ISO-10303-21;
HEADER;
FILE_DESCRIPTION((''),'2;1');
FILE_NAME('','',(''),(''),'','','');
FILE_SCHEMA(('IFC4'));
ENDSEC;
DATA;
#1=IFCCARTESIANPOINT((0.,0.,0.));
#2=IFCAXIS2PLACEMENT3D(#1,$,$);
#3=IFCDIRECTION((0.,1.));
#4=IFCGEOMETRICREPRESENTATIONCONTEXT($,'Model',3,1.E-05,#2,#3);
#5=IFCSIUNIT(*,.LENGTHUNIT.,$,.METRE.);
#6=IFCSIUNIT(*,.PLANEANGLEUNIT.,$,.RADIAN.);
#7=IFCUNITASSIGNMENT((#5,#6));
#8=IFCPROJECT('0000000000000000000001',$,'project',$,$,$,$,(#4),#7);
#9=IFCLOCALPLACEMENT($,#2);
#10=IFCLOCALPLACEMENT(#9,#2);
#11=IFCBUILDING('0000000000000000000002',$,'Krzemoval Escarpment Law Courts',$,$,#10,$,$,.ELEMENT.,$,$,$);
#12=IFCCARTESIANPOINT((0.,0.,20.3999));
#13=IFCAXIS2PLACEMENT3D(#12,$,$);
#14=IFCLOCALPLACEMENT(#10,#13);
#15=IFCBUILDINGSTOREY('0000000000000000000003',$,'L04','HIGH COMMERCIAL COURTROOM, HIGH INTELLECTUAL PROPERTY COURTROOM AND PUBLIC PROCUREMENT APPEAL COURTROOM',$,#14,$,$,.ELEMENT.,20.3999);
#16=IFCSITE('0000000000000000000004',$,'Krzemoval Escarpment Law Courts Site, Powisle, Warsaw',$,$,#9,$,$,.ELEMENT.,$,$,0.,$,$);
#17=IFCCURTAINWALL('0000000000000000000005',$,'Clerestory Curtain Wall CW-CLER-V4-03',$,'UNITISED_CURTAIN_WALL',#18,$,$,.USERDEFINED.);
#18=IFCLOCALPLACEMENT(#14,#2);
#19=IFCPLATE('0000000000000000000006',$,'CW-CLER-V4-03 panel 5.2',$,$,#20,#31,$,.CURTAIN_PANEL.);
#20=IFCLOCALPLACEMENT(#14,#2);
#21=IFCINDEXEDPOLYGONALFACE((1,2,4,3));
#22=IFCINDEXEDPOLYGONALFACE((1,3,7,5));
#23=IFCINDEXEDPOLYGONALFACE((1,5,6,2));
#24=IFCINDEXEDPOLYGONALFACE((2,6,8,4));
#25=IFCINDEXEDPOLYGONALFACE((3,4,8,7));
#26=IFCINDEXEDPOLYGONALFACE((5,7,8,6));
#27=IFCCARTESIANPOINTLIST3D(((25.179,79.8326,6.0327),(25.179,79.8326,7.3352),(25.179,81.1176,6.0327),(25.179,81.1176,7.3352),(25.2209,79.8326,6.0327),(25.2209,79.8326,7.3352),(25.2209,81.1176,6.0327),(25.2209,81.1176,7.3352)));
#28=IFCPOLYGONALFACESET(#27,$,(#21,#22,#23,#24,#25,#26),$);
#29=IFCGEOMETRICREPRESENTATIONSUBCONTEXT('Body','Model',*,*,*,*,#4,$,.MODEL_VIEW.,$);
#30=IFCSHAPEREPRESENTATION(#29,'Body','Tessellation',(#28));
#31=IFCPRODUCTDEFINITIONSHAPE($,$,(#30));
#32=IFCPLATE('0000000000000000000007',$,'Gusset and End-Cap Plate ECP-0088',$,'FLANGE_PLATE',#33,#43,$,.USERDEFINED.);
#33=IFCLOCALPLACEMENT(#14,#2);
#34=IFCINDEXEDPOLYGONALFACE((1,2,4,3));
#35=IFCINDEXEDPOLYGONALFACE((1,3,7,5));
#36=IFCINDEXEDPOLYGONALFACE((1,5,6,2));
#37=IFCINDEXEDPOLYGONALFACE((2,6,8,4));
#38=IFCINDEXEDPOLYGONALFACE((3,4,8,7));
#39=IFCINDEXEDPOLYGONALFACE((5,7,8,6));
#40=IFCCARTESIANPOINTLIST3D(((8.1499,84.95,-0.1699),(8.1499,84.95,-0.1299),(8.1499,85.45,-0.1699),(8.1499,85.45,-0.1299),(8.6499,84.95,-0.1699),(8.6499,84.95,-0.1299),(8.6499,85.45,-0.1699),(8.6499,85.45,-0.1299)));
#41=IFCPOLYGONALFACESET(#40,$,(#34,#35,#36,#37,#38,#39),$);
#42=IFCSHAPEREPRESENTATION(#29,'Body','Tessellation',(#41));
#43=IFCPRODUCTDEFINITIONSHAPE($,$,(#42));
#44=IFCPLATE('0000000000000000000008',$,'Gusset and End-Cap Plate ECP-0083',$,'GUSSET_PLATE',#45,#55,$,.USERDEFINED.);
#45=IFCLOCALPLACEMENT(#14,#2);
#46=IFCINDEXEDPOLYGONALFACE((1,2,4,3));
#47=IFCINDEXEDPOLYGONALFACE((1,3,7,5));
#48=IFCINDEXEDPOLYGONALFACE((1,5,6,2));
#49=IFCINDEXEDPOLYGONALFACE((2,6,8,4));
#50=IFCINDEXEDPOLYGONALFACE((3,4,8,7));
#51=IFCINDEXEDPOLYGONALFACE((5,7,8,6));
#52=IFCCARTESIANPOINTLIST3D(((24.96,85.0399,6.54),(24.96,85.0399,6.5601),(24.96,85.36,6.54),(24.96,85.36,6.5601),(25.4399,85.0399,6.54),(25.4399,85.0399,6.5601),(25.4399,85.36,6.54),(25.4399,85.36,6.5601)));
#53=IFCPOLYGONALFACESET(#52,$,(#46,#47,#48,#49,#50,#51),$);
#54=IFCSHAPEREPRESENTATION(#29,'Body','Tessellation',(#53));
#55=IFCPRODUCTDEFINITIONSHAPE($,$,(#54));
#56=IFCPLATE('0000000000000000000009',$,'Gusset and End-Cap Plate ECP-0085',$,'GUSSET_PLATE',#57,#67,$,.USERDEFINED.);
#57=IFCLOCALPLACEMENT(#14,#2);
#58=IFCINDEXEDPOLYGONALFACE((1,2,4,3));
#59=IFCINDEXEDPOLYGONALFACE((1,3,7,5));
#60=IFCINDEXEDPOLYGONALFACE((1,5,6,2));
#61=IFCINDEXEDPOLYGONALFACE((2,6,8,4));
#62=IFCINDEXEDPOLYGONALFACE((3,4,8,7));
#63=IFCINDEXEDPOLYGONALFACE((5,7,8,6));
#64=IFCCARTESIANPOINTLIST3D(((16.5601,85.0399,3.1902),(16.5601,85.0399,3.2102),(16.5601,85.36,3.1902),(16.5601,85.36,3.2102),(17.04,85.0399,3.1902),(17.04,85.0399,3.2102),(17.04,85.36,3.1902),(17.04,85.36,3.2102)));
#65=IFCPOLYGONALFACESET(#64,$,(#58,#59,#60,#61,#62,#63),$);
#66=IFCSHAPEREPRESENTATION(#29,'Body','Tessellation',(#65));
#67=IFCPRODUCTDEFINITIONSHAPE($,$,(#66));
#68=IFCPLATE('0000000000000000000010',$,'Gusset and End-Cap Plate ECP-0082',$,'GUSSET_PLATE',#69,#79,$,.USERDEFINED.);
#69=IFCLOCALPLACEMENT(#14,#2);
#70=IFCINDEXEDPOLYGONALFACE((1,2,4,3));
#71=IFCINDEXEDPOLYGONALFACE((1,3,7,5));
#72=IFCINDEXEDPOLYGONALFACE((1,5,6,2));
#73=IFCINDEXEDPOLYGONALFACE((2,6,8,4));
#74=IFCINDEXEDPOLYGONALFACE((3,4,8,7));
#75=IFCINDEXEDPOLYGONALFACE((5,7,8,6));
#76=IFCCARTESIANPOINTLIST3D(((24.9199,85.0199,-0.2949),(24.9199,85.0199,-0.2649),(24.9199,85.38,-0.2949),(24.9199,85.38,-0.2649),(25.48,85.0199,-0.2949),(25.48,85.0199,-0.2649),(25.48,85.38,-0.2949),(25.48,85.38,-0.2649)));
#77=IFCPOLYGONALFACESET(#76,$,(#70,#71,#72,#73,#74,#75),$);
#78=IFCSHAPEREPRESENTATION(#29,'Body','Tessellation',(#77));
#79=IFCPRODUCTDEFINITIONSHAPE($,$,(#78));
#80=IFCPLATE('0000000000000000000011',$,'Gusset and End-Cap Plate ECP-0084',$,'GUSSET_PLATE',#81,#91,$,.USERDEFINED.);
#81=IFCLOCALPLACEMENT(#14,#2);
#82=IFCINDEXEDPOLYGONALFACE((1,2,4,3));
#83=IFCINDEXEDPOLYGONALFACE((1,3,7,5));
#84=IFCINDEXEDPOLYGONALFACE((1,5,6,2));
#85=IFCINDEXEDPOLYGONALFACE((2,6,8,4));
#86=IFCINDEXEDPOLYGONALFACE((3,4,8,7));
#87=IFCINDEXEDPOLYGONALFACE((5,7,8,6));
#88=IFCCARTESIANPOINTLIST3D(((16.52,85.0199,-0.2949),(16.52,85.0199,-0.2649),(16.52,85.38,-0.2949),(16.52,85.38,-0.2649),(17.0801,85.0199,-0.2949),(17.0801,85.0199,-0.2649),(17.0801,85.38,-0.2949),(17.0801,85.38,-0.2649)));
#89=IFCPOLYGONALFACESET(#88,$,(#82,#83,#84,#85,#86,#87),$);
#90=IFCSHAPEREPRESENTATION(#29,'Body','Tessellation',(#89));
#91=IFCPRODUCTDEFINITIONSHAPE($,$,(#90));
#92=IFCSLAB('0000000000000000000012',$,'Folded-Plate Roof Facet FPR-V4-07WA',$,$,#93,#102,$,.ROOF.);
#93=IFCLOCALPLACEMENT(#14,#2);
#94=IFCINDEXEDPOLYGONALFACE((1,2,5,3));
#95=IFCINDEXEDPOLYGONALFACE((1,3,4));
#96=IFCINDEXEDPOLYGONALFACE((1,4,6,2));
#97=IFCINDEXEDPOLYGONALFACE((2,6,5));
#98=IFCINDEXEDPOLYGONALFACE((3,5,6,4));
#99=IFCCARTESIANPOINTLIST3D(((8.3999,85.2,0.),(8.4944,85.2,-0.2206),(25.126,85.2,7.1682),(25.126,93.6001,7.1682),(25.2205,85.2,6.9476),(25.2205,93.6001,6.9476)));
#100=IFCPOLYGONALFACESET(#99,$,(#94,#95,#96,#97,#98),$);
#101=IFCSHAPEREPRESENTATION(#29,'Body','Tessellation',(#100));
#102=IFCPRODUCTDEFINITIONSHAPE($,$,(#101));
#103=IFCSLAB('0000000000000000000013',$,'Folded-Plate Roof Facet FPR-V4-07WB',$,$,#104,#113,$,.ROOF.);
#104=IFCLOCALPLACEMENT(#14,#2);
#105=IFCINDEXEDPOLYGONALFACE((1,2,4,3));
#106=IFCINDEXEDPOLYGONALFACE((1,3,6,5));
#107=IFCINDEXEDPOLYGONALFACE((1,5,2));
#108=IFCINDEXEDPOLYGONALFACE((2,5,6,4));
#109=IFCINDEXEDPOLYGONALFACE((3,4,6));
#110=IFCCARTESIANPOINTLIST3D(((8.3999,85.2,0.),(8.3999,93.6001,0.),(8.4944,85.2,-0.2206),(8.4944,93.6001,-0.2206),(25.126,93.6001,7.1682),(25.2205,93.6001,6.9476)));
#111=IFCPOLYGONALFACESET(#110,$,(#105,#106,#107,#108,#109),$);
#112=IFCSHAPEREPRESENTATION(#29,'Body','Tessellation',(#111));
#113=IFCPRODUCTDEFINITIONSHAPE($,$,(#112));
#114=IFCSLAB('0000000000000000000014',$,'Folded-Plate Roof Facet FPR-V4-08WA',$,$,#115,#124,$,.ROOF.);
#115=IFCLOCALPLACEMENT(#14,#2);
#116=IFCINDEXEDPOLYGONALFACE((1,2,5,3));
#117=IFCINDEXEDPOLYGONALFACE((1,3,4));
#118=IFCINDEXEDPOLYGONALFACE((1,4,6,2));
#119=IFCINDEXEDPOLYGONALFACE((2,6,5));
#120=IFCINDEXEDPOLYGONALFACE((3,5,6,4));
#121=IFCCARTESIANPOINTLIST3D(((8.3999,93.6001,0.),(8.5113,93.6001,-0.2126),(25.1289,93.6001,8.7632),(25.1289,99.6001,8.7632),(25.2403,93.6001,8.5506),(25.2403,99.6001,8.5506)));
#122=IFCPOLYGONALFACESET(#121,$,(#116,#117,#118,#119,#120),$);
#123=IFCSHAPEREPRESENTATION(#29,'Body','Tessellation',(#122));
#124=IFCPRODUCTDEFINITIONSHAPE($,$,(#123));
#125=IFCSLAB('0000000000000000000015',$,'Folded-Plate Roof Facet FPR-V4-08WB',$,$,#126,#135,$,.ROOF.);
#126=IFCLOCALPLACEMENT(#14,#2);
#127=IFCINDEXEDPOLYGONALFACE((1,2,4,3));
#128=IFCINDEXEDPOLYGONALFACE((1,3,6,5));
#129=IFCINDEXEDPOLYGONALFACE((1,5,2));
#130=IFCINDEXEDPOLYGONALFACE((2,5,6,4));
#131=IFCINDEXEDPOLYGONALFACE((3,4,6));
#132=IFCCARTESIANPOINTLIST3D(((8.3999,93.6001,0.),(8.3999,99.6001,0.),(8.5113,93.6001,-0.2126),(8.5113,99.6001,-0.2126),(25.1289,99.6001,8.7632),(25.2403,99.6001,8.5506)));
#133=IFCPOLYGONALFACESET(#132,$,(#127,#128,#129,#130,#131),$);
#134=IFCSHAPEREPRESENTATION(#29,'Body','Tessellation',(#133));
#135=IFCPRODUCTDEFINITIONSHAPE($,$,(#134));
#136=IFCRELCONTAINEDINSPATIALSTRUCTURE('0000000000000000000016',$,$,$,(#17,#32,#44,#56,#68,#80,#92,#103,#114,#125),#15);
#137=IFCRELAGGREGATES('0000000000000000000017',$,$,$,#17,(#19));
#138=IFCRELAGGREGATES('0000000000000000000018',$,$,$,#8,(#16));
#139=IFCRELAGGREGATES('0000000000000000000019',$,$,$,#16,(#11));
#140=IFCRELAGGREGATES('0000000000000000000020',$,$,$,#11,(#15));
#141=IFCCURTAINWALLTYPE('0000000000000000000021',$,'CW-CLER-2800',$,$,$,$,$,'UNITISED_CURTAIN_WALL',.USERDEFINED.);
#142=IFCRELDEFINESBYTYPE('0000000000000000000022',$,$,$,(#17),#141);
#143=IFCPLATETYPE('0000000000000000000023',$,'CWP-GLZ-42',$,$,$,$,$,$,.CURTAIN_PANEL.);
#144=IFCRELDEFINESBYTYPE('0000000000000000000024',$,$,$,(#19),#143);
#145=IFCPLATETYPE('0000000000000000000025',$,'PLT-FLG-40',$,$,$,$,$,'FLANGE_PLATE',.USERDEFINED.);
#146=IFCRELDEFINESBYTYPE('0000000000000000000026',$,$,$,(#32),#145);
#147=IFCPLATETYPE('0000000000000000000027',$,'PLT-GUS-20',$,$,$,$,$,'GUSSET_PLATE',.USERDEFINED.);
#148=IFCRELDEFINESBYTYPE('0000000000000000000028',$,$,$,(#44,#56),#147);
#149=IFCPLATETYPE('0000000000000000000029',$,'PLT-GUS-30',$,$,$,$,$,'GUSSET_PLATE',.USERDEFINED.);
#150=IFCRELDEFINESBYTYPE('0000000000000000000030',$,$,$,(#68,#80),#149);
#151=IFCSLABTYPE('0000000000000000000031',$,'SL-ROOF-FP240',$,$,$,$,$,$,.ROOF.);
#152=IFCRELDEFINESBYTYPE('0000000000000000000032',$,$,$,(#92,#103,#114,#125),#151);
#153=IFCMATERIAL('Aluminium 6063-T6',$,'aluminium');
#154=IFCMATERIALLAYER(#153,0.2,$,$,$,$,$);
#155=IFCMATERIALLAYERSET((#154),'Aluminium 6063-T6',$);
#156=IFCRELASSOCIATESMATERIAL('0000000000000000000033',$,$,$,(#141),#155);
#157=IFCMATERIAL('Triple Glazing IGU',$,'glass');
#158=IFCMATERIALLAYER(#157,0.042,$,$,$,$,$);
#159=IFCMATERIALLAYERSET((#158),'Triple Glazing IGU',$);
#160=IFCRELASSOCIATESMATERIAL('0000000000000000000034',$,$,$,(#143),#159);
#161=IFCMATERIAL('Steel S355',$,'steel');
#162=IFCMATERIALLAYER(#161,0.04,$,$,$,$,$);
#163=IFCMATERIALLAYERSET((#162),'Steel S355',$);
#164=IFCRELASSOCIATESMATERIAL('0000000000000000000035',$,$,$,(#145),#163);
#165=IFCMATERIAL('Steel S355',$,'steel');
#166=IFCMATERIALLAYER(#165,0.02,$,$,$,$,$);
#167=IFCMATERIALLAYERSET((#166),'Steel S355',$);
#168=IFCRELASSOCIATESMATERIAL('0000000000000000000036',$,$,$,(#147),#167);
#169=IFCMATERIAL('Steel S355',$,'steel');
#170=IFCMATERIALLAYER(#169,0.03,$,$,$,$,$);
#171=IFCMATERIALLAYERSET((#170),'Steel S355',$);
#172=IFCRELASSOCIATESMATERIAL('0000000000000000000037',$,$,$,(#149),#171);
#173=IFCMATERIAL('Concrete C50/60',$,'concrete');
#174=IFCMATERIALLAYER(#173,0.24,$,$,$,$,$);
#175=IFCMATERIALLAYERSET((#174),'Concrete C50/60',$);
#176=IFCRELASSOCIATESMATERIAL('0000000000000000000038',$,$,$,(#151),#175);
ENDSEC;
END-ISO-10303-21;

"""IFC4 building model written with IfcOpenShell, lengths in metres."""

from ifc_helpers import new_model, si_unit, direction, frame, origin, origin_2d, place, context, subcontext, project, spatial, polyline, rectangle, outline, extrude, material, layer, layer_set, type_object, element, aggregate, save


model = new_model("IFC4")

# Units and contexts
model_context = context("Model", 3, precision=1e-05, world=origin(), true_north=direction((0.0, 1.0)))
body_context = subcontext(model_context, "Body", "Model", "MODEL_VIEW")
ifc_project = project(units=[si_unit("LENGTHUNIT", "METRE"), si_unit("PLANEANGLEUNIT", "RADIAN")], contexts=[model_context])

# Site, building, storey
site_placement = place(None, origin())
site = spatial("IfcSite", under=ifc_project, at=site_placement, Name="Krzemoval Escarpment Law Courts Site, Powisle, Warsaw", CompositionType="ELEMENT", RefElevation=0.0)
building_placement = place(site_placement, origin())
building = spatial("IfcBuilding", under=site, at=building_placement, Name="Krzemoval Escarpment Law Courts", CompositionType="ELEMENT")
storey_placement = place(building_placement, frame((0.0, 0.0, 20.3999)))
storey = spatial("IfcBuildingStorey", under=building, at=storey_placement, Name="L04", Description="HIGH COMMERCIAL COURTROOM, HIGH INTELLECTUAL PROPERTY COURTROOM AND PUBLIC PROCUREMENT APPEAL COURTROOM", CompositionType="ELEMENT", Elevation=20.3999)

# Curtain wall
ifc_material_1 = material(Name="Aluminium 6063-T6", Category="aluminium")
ifc_layer_1 = layer(ifc_material_1, 0.2)
ifc_layer_set_1 = layer_set([ifc_layer_1], Name="Aluminium 6063-T6")
curtain_wall_type = type_object("IfcCurtainWallType", Name="CW-CLER-2800", ElementType="UNITISED_CURTAIN_WALL", PredefinedType="USERDEFINED", material=ifc_layer_set_1)
curtain_wall_placement = place(storey_placement, origin())
curtain_wall = element("IfcCurtainWall", 1, at=curtain_wall_placement, inside=storey, type_object=curtain_wall_type, Name="Clerestory Curtain Wall CW-CLER-V4-03", ObjectType="UNITISED_CURTAIN_WALL", PredefinedType="USERDEFINED")

# Plate
ifc_material_2 = material(Name="Triple Glazing IGU", Category="glass")
ifc_layer_2 = layer(ifc_material_2, 0.042)
ifc_layer_set_2 = layer_set([ifc_layer_2], Name="Triple Glazing IGU")
plate_type_1 = type_object("IfcPlateType", Name="CWP-GLZ-42", PredefinedType="CURTAIN_PANEL", material=ifc_layer_set_2)
plate_1_placement = place(storey_placement, frame((25.2, 80.4751, 6.0327), z_axis=(0.0, 0.0, 1.0), x_axis=(0.0, 1.0, 0.0)))
plate_1 = element("IfcPlate", 2, at=plate_1_placement, type_object=plate_type_1, Name="CW-CLER-V4-03 panel 5.2", PredefinedType="CURTAIN_PANEL", context=body_context, shape_type="SweptSolid", body=[
    extrude(rectangle(XDim=1.2849, YDim=0.042, at=origin_2d()), origin(), (0.0, 0.0, 1.0), 1.3025),
])
aggregate(curtain_wall, [plate_1])

# Plates
ifc_material_3 = material(Name="Steel S355", Category="steel")
ifc_layer_3 = layer(ifc_material_3, 0.04)
ifc_layer_set_3 = layer_set([ifc_layer_3], Name="Steel S355")
plate_type_2 = type_object("IfcPlateType", Name="PLT-FLG-40", ElementType="FLANGE_PLATE", PredefinedType="USERDEFINED", material=ifc_layer_set_3)
plate_2_placement = place(storey_placement, frame((8.3999, 85.2, -0.1699), z_axis=(0.0, 0.0, 1.0), x_axis=(1.0, 0.0, 0.0)))
element("IfcPlate", 3, at=plate_2_placement, inside=storey, type_object=plate_type_2, Name="Gusset and End-Cap Plate ECP-0088", ObjectType="FLANGE_PLATE", PredefinedType="USERDEFINED", context=body_context, shape_type="SweptSolid", body=[
    extrude(rectangle(XDim=0.5, YDim=0.5, at=origin_2d()), origin(), (0.0, 0.0, 1.0), 0.04),
])
ifc_material_4 = material(Name="Steel S355", Category="steel")
ifc_layer_4 = layer(ifc_material_4, 0.02)
ifc_layer_set_4 = layer_set([ifc_layer_4], Name="Steel S355")
plate_type_3 = type_object("IfcPlateType", Name="PLT-GUS-20", ElementType="GUSSET_PLATE", PredefinedType="USERDEFINED", material=ifc_layer_set_4)
for number, where, z_axis, x_axis, name in (
    (4, (25.2, 85.2, 6.54), (0.0, 0.0, 1.0), (1.0, 0.0, 0.0), "Gusset and End-Cap Plate ECP-0083"),
    (5, (16.8, 85.2, 3.1902), (0.0, 0.0, 1.0), (1.0, 0.0, 0.0), "Gusset and End-Cap Plate ECP-0085"),
):
    element("IfcPlate", number, at=place(storey_placement, frame(where, z_axis=z_axis, x_axis=x_axis)), inside=storey, type_object=plate_type_3, Name=name, ObjectType="GUSSET_PLATE", PredefinedType="USERDEFINED", context=body_context, shape_type="SweptSolid", body=[
        extrude(rectangle(XDim=0.48, YDim=0.3201, at=origin_2d()), origin(), (0.0, 0.0, 1.0), 0.02),
    ])
ifc_material_5 = material(Name="Steel S355", Category="steel")
ifc_layer_5 = layer(ifc_material_5, 0.03)
ifc_layer_set_5 = layer_set([ifc_layer_5], Name="Steel S355")
plate_type_4 = type_object("IfcPlateType", Name="PLT-GUS-30", ElementType="GUSSET_PLATE", PredefinedType="USERDEFINED", material=ifc_layer_set_5)
for number, where, z_axis, x_axis, name in (
    (6, (25.2, 85.2, -0.2949), (0.0, 0.0, 1.0), (1.0, 0.0, 0.0), "Gusset and End-Cap Plate ECP-0082"),
    (7, (16.8, 85.2, -0.2949), (0.0, 0.0, 1.0), (1.0, 0.0, 0.0), "Gusset and End-Cap Plate ECP-0084"),
):
    element("IfcPlate", number, at=place(storey_placement, frame(where, z_axis=z_axis, x_axis=x_axis)), inside=storey, type_object=plate_type_4, Name=name, ObjectType="GUSSET_PLATE", PredefinedType="USERDEFINED", context=body_context, shape_type="SweptSolid", body=[
        extrude(rectangle(XDim=0.5601, YDim=0.3601, at=origin_2d()), origin(), (0.0, 0.0, 1.0), 0.03),
    ])

# Slabs
ifc_material_6 = material(Name="Concrete C50/60", Category="concrete")
ifc_layer_6 = layer(ifc_material_6, 0.24)
ifc_layer_set_6 = layer_set([ifc_layer_6], Name="Concrete C50/60")
slab_type = type_object("IfcSlabType", Name="SL-ROOF-FP240", PredefinedType="ROOF", material=ifc_layer_set_6)
slab_1_placement = place(storey_placement, frame((8.3999, 85.2, 0.0), z_axis=(-0.393914, 0.0, 0.919147), x_axis=(0.919147, 0.0, 0.393914)))
element("IfcSlab", 8, at=slab_1_placement, inside=storey, type_object=slab_type, Name="Folded-Plate Roof Facet FPR-V4-07WA", PredefinedType="ROOF", context=body_context, shape_type="SweptSolid", body=[
    extrude(outline(polyline([(0.0, 0.0), (18.1974, 0.0), (18.1974, 8.4001), (0.0, 0.0)])), origin(), (0.0, 0.0, -1.0), 0.24),
])
slab_2_placement = place(storey_placement, frame((8.3999, 85.2, 0.0), z_axis=(-0.393914, 0.0, 0.919147), x_axis=(0.834525, 0.419114, 0.357648)))
element("IfcSlab", 9, at=slab_2_placement, inside=storey, type_object=slab_type, Name="Folded-Plate Roof Facet FPR-V4-07WB", PredefinedType="ROOF", context=body_context, shape_type="SweptSolid", body=[
    extrude(outline(polyline([(0.0, 0.0), (20.0426, 0.0), (3.5206, 7.6268), (0.0, 0.0)])), origin(), (0.0, 0.0, -1.0), 0.24),
])
slab_3_placement = place(storey_placement, frame((8.3999, 93.6001, 0.0), z_axis=(-0.464022, 0.0, 0.885823), x_axis=(0.885823, 0.0, 0.464022)))
element("IfcSlab", 10, at=slab_3_placement, inside=storey, type_object=slab_type, Name="Folded-Plate Roof Facet FPR-V4-08WA", PredefinedType="ROOF", context=body_context, shape_type="SweptSolid", body=[
    extrude(outline(polyline([(0.0, 0.0), (18.8853, 0.0), (18.8853, 6.0), (0.0, 0.0)])), origin(), (0.0, 0.0, -1.0), 0.24),
])
slab_4_placement = place(storey_placement, frame((8.3999, 93.6001, 0.0), z_axis=(-0.464022, 0.0, 0.885823), x_axis=(0.844239, 0.302794, 0.442239)))
element("IfcSlab", 11, at=slab_4_placement, inside=storey, type_object=slab_type, Name="Folded-Plate Roof Facet FPR-V4-08WB", PredefinedType="ROOF", context=body_context, shape_type="SweptSolid", body=[
    extrude(outline(polyline([(0.0, 0.0), (19.8155, 0.0), (1.8168, 5.7183), (0.0, 0.0)])), origin(), (0.0, 0.0, -1.0), 0.24),
])

save(model, "model.ifc")
